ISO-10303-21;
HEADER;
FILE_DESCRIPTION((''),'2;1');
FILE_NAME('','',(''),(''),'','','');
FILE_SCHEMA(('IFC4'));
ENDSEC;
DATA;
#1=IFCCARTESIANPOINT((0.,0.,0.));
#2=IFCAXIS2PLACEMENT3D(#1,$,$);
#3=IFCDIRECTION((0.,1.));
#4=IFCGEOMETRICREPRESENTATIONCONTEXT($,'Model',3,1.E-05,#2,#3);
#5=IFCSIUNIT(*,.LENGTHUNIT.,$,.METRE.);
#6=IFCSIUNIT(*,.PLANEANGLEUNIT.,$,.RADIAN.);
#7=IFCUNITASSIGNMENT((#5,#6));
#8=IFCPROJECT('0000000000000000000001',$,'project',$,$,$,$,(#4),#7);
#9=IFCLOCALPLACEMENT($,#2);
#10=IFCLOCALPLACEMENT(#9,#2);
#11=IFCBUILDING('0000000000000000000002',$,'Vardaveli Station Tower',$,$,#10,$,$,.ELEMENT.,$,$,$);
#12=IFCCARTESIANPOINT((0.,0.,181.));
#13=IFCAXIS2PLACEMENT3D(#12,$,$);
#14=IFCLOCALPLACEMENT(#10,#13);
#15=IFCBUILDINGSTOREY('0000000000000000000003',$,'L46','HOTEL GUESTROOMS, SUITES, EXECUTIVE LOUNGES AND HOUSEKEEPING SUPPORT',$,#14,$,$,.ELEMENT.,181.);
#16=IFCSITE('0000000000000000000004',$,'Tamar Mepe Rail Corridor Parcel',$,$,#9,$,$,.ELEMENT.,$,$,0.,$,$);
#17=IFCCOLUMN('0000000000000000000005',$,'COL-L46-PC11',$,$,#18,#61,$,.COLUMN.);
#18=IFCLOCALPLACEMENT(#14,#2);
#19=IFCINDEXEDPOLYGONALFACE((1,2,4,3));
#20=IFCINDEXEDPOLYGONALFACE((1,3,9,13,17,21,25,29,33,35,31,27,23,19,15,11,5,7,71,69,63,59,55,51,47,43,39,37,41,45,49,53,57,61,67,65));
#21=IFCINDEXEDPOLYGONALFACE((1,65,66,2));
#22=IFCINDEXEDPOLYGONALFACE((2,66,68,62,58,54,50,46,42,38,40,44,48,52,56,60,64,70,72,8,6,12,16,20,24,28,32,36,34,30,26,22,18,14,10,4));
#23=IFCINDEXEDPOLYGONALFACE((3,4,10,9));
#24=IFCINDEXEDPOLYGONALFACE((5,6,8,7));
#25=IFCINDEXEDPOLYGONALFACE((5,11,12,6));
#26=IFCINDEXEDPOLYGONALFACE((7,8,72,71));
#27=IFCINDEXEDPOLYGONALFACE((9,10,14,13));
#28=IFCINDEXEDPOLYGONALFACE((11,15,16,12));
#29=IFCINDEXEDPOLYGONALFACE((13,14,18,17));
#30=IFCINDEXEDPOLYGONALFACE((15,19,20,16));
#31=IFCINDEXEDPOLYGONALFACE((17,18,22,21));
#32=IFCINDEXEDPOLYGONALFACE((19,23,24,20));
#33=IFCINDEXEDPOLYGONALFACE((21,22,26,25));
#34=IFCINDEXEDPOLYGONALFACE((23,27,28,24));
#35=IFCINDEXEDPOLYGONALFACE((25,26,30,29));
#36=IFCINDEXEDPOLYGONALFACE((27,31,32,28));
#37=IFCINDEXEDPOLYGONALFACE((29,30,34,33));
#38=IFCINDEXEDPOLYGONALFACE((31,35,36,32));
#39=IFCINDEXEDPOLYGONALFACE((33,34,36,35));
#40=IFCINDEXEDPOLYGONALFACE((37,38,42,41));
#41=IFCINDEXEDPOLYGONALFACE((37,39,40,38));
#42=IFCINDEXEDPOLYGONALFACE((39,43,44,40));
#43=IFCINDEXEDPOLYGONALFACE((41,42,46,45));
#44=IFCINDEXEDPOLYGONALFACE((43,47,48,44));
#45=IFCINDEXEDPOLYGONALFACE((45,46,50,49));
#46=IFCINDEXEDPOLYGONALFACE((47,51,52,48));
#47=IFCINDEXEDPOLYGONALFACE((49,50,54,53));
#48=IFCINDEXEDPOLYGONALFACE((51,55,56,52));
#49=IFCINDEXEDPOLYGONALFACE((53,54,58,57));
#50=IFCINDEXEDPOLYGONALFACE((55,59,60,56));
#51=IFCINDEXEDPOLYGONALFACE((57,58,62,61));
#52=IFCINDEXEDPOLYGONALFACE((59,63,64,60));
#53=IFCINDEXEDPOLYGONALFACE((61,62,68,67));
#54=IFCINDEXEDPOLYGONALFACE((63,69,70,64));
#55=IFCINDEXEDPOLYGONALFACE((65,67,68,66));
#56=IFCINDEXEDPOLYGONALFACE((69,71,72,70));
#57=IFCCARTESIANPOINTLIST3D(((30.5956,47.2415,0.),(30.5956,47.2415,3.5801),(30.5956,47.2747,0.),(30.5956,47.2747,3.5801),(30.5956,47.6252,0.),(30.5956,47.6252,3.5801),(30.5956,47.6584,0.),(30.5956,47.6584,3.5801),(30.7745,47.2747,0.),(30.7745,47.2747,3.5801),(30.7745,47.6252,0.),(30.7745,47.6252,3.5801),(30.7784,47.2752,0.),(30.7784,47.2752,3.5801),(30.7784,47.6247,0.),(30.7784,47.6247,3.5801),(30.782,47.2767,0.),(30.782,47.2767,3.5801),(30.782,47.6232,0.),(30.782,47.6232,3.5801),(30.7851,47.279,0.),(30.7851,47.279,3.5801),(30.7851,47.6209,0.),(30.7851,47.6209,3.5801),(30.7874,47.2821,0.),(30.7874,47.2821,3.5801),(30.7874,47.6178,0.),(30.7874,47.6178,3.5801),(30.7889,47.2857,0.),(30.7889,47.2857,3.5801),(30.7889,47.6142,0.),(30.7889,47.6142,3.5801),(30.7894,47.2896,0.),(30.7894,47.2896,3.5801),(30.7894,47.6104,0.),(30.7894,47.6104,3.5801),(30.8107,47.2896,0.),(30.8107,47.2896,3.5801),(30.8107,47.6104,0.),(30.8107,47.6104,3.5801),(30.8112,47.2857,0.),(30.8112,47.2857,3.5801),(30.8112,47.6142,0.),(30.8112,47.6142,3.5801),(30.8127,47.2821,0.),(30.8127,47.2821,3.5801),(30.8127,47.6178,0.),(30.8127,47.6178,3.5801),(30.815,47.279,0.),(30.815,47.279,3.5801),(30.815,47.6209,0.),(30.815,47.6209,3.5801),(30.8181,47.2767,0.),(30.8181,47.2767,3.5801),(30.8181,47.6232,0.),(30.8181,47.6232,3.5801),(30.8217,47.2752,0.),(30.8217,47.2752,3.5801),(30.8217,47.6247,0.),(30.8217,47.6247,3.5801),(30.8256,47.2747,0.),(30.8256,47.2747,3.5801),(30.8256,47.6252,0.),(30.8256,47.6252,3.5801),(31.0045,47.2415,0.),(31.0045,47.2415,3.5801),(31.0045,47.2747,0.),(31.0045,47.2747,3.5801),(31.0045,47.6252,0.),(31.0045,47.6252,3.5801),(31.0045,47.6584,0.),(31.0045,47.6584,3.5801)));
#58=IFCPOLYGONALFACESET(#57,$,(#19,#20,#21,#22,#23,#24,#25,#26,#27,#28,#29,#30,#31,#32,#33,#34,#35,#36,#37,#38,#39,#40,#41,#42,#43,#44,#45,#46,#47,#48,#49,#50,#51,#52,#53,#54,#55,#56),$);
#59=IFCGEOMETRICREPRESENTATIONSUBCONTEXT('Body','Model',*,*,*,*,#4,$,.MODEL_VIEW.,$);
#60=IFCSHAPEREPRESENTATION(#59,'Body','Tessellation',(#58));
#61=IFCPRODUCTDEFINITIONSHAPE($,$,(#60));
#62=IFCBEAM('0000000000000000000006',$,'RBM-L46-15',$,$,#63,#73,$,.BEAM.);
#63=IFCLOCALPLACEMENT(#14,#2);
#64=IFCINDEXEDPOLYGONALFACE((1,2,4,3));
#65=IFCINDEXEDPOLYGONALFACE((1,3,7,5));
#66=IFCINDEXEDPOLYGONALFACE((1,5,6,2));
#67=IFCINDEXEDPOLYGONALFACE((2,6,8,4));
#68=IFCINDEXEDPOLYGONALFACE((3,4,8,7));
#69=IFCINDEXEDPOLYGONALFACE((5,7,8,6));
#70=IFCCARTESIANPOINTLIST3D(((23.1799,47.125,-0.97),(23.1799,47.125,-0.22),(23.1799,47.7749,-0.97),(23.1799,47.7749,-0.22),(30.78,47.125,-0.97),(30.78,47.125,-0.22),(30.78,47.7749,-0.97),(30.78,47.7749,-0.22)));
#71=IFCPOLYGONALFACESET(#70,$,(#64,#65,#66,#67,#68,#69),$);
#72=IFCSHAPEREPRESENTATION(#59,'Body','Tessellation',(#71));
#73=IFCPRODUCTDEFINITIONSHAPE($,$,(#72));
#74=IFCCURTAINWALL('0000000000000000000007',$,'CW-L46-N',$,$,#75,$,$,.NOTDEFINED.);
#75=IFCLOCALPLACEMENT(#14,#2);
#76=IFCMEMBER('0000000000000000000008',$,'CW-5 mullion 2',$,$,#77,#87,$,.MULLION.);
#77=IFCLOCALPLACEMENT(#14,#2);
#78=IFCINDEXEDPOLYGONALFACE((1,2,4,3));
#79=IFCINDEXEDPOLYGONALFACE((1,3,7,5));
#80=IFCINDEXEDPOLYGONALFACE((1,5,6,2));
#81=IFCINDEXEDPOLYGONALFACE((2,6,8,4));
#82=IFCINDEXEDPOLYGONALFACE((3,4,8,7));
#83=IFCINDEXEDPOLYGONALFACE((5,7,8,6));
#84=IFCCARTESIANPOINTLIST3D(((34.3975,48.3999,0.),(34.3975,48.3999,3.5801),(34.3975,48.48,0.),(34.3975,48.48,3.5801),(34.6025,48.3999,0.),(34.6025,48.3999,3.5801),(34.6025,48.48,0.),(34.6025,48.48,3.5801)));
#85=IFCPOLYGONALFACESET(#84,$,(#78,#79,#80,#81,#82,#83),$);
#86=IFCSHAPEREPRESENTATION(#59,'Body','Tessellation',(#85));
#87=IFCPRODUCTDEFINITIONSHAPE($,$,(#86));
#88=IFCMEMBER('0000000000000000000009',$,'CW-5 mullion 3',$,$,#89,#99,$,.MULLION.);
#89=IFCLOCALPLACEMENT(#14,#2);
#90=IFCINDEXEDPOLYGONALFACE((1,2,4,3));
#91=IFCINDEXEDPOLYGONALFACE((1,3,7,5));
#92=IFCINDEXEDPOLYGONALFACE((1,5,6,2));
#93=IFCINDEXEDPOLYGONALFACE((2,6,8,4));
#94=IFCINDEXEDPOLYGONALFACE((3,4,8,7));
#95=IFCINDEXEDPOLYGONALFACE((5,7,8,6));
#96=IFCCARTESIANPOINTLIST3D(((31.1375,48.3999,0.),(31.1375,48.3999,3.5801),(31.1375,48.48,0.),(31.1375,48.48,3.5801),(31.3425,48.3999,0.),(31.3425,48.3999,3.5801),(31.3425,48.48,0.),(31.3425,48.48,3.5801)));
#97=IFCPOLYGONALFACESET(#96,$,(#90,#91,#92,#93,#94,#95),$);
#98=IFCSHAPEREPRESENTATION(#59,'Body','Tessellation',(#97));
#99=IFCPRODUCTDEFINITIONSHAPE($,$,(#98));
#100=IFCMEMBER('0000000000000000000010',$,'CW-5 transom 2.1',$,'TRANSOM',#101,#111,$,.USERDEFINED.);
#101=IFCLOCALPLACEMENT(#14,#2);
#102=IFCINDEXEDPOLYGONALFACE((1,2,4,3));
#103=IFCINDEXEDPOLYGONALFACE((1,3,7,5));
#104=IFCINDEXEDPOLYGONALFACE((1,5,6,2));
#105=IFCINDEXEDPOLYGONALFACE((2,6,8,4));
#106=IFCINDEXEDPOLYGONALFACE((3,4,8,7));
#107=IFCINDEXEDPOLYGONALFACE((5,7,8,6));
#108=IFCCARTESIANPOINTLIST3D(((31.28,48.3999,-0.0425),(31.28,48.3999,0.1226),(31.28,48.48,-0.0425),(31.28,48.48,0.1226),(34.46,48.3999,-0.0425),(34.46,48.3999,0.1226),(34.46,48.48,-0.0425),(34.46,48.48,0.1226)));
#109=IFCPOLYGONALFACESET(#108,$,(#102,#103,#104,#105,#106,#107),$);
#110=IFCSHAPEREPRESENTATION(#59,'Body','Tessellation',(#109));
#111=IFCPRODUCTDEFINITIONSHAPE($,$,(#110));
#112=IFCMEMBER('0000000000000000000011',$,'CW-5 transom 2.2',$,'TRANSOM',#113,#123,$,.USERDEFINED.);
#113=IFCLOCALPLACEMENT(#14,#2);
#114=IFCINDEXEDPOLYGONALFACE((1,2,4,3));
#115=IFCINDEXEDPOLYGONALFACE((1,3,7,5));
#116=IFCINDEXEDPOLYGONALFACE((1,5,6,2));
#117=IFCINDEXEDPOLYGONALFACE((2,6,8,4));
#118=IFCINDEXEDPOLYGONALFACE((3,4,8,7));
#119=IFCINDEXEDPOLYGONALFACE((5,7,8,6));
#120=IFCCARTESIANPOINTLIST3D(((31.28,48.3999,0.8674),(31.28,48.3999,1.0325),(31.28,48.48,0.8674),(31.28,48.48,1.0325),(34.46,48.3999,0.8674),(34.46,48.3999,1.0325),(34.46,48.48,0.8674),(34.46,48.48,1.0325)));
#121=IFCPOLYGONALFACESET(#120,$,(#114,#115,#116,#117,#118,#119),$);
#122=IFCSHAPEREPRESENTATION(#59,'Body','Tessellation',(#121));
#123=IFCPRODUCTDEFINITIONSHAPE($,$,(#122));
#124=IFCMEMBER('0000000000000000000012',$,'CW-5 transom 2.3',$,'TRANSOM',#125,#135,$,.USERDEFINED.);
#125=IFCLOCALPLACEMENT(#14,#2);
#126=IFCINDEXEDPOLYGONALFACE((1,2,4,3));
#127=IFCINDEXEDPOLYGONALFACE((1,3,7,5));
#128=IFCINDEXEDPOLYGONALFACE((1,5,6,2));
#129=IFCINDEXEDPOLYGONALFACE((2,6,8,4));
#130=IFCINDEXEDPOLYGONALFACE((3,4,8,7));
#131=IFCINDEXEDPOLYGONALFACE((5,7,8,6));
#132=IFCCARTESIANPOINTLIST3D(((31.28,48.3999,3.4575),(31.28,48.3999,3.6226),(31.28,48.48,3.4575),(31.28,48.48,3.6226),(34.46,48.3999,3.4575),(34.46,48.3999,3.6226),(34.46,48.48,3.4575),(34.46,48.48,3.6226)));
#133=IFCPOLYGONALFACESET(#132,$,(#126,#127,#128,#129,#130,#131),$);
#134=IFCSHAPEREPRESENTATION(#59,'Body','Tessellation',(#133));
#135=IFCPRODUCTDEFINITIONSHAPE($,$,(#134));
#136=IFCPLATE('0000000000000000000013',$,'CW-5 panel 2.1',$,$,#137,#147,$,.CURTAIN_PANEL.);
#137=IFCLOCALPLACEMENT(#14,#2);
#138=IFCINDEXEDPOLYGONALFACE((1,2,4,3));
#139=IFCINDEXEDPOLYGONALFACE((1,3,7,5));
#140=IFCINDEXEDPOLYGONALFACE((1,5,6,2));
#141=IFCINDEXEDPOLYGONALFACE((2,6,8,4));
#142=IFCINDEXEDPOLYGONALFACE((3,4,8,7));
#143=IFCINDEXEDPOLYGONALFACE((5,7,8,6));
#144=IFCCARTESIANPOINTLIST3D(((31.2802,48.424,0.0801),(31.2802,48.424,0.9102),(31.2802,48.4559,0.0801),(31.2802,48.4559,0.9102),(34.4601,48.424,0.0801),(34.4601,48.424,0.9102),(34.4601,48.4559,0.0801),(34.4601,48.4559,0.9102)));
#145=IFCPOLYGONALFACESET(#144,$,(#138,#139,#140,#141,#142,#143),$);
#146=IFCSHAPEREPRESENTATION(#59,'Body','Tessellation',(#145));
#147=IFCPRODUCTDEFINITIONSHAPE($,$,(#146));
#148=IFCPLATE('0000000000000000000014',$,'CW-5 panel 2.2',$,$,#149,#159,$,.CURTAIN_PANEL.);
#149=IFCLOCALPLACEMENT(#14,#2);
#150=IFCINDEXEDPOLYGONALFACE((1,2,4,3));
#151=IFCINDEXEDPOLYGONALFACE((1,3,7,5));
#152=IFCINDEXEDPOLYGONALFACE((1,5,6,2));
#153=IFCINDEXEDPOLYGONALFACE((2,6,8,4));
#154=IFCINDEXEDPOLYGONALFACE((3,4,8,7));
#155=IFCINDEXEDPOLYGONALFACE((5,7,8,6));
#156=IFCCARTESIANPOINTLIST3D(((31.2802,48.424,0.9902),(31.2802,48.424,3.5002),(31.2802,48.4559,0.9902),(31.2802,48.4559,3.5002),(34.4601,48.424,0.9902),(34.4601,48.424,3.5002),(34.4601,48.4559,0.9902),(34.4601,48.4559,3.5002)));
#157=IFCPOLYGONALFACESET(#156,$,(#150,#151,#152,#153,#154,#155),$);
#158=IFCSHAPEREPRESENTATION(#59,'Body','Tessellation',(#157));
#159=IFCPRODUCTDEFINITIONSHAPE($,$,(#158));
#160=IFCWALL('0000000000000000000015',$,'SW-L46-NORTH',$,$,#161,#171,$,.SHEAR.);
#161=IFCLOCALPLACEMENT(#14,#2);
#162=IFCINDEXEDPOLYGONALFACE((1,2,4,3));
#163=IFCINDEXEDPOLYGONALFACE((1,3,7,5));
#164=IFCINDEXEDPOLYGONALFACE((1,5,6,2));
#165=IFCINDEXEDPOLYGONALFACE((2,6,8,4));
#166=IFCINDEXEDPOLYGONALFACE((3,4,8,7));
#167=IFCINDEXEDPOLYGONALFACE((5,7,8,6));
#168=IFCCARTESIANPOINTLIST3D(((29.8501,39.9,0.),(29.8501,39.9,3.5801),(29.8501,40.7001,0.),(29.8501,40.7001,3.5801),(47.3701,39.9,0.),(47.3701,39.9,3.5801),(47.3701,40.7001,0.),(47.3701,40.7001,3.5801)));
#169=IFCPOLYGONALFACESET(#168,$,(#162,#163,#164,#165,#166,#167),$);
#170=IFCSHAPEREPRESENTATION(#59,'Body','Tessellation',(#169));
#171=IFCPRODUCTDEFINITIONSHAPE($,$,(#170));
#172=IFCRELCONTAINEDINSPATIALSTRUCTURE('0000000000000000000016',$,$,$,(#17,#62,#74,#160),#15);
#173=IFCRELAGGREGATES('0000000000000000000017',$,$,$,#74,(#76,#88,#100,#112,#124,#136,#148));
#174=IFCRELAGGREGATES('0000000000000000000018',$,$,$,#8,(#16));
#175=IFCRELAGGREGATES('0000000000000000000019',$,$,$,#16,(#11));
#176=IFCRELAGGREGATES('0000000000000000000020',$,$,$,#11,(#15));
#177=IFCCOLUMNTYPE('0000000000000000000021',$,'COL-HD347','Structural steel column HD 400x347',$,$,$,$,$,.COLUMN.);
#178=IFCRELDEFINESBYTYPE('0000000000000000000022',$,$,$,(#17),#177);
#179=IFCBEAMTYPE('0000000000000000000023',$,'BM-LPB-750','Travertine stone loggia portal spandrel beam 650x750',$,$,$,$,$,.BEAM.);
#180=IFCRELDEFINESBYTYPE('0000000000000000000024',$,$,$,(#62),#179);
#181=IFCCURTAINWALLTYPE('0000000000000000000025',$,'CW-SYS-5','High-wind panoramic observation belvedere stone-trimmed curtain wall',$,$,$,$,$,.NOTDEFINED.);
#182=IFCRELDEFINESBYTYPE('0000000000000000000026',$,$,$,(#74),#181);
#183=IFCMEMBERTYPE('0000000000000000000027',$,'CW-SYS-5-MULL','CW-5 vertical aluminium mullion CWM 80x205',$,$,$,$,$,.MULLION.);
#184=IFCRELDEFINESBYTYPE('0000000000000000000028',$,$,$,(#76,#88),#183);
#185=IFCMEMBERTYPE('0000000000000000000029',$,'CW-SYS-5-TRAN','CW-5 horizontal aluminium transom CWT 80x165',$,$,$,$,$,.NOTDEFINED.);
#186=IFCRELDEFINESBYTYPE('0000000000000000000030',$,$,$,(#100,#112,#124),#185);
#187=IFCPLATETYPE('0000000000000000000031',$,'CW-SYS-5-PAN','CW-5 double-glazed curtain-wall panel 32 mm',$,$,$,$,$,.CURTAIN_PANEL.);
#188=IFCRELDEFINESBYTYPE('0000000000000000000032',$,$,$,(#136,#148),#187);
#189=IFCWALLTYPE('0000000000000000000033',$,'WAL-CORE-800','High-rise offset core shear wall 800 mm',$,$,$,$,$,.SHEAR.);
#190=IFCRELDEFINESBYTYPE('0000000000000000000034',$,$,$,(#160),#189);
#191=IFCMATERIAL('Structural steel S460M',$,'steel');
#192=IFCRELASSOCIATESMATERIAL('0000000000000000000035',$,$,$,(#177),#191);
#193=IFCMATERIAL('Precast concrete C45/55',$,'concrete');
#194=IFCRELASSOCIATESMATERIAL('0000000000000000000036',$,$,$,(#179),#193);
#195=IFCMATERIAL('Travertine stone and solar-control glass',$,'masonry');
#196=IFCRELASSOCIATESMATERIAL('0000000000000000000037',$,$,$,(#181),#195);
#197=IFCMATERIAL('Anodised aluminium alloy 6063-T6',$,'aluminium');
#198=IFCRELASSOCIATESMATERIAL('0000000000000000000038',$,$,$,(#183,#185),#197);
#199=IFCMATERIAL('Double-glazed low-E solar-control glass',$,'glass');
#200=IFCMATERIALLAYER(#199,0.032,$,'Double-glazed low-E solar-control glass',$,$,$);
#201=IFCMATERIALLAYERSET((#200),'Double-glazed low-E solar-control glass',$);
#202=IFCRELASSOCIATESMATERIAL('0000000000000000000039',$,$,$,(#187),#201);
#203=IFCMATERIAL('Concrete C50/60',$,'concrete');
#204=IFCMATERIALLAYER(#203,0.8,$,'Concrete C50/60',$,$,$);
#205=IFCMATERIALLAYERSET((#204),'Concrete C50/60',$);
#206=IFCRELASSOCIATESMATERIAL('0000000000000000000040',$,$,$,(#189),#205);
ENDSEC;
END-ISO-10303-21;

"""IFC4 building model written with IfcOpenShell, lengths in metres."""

from ifc_helpers import new_model, si_unit, direction, frame, frame_2d, origin, origin_2d, place, context, subcontext, project, spatial, rectangle, i_section, extrude, source, transform, mapped, material, layer, layer_set, material_profile, profile_set, type_object, element, aggregate, save


model = new_model("IFC4")

# Units and contexts
model_context = context("Model", 3, precision=1e-05, world=origin(), true_north=direction((0.0, 1.0)))
body_context = subcontext(model_context, "Body", "Model", "MODEL_VIEW")
ifc_project = project(units=[si_unit("LENGTHUNIT", "METRE"), si_unit("PLANEANGLEUNIT", "RADIAN")], contexts=[model_context])

# Site, building, storey
site_placement = place(None, origin())
site = spatial("IfcSite", under=ifc_project, at=site_placement, Name="Tamar Mepe Rail Corridor Parcel", CompositionType="ELEMENT", RefElevation=0.0)
building_placement = place(site_placement, origin())
building = spatial("IfcBuilding", under=site, at=building_placement, Name="Vardaveli Station Tower", CompositionType="ELEMENT")
storey_placement = place(building_placement, frame((0.0, 0.0, 181.0)))
storey = spatial("IfcBuildingStorey", under=building, at=storey_placement, Name="L46", Description="HOTEL GUESTROOMS, SUITES, EXECUTIVE LOUNGES AND HOUSEKEEPING SUPPORT", CompositionType="ELEMENT", Elevation=181.0)

# Column
ifc_material_1 = material(Name="Structural steel S460M", Category="steel")
ifc_material_profile_1 = material_profile(ifc_material_1, i_section(OverallWidth=0.4089, OverallDepth=0.417, WebThickness=0.0212, FlangeThickness=0.0332, FilletRadius=0.0149, at=origin_2d()), Name="HD 400x347")
ifc_profile_set_1 = profile_set([ifc_material_profile_1], Name="Structural steel S460M")
column_type = type_object("IfcColumnType", Name="COL-HD347", Description="Structural steel column HD 400x347", PredefinedType="COLUMN", material=ifc_profile_set_1)
shared_shape_1 = source(origin(), body_context, "Body", "SweptSolid", [
    extrude(i_section(OverallWidth=0.4089, OverallDepth=0.417, WebThickness=0.0212, FlangeThickness=0.0332, FilletRadius=0.0149, at=origin_2d()), origin(), (0.0, 0.0, 1.0), 3.5801),
])
column_placement = place(storey_placement, frame((30.8, 47.45, 0.0), z_axis=(0.0, 0.0, 1.0), x_axis=(1.0, 0.0, 0.0)))
element("IfcColumn", 1, at=column_placement, inside=storey, type_object=column_type, Name="COL-L46-PC11", PredefinedType="COLUMN", context=body_context, shape_type="MappedRepresentation", body=[
    mapped(shared_shape_1, transform((0.0, 0.0, 0.0), scale=1.0)),
])

# Beam
ifc_material_2 = material(Name="Precast concrete C45/55", Category="concrete")
ifc_material_profile_2 = material_profile(ifc_material_2, rectangle(XDim=0.6499, YDim=0.75, at=origin_2d()), Name="LPB 650x750")
ifc_profile_set_2 = profile_set([ifc_material_profile_2], Name="Precast concrete C45/55")
beam_type = type_object("IfcBeamType", Name="BM-LPB-750", Description="Travertine stone loggia portal spandrel beam 650x750", PredefinedType="BEAM", material=ifc_profile_set_2)
shared_shape_2 = source(origin(), body_context, "Body", "SweptSolid", [
    extrude(rectangle(XDim=0.6499, YDim=0.75, at=origin_2d()), origin(), (0.0, 0.0, 1.0), 7.6001),
])
beam_placement = place(storey_placement, frame((30.78, 47.45, -0.595), z_axis=(-1.0, 0.0, 0.0), x_axis=(0.0, -1.0, 0.0)))
element("IfcBeam", 2, at=beam_placement, inside=storey, type_object=beam_type, Name="RBM-L46-15", PredefinedType="BEAM", context=body_context, shape_type="MappedRepresentation", body=[
    mapped(shared_shape_2, transform((0.0, 0.0, 0.0), scale=1.0)),
])

# Curtain wall, members, plates
ifc_material_3 = material(Name="Travertine stone and solar-control glass", Category="masonry")
curtain_wall_type = type_object("IfcCurtainWallType", Name="CW-SYS-5", Description="High-wind panoramic observation belvedere stone-trimmed curtain wall", PredefinedType="NOTDEFINED", material=ifc_material_3)
curtain_wall_placement = place(storey_placement, origin())
curtain_wall = element("IfcCurtainWall", 3, at=curtain_wall_placement, inside=storey, type_object=curtain_wall_type, Name="CW-L46-N", PredefinedType="NOTDEFINED")
ifc_material_4 = material(Name="Anodised aluminium alloy 6063-T6", Category="aluminium")
ifc_material_profile_3 = material_profile(ifc_material_4, rectangle(XDim=0.0801, YDim=0.2051, at=origin_2d()), Name="CWM 80x205")
ifc_profile_set_3 = profile_set([ifc_material_profile_3], Name="Anodised aluminium alloy 6063-T6")
member_type_1 = type_object("IfcMemberType", Name="CW-SYS-5-MULL", Description="CW-5 vertical aluminium mullion CWM 80x205", PredefinedType="MULLION", material=ifc_profile_set_3)
shared_shape_3 = source(origin(), body_context, "Body", "SweptSolid", [
    extrude(rectangle(XDim=0.0801, YDim=0.2051, at=origin_2d()), origin(), (0.0, 0.0, 1.0), 3.5801),
])
member_1_placement = place(storey_placement, frame((34.5, 48.4399, 0.0), z_axis=(0.0, 0.0, 1.0), x_axis=(0.0, -1.0, 0.0)))
member_1 = element("IfcMember", 4, at=member_1_placement, type_object=member_type_1, Name="CW-5 mullion 2", PredefinedType="MULLION", context=body_context, shape_type="MappedRepresentation", body=[
    mapped(shared_shape_3, transform((0.0, 0.0, 0.0), scale=1.0)),
])
member_2_placement = place(storey_placement, frame((31.24, 48.4399, 0.0), z_axis=(0.0, 0.0, 1.0), x_axis=(0.0, -1.0, 0.0)))
member_2 = element("IfcMember", 5, at=member_2_placement, type_object=member_type_1, Name="CW-5 mullion 3", PredefinedType="MULLION", context=body_context, shape_type="MappedRepresentation", body=[
    mapped(shared_shape_3, transform((0.0, 0.0, 0.0), scale=1.0)),
])
ifc_material_profile_4 = material_profile(ifc_material_4, rectangle(XDim=0.0801, YDim=0.165, at=origin_2d()), Name="CWT 80x165")
ifc_profile_set_4 = profile_set([ifc_material_profile_4], Name="Anodised aluminium alloy 6063-T6")
member_type_2 = type_object("IfcMemberType", Name="CW-SYS-5-TRAN", Description="CW-5 horizontal aluminium transom CWT 80x165", PredefinedType="NOTDEFINED", material=ifc_profile_set_4)
shared_shape_4 = source(origin(), body_context, "Body", "SweptSolid", [
    extrude(rectangle(XDim=0.0801, YDim=0.165, at=origin_2d()), origin(), (0.0, 0.0, 1.0), 3.1799),
])
member_3_placement = place(storey_placement, frame((34.46, 48.4399, 0.04), z_axis=(-1.0, 0.0, 0.0), x_axis=(0.0, -1.0, 0.0)))
member_3 = element("IfcMember", 6, at=member_3_placement, type_object=member_type_2, Name="CW-5 transom 2.1", ObjectType="TRANSOM", PredefinedType="USERDEFINED", context=body_context, shape_type="MappedRepresentation", body=[
    mapped(shared_shape_4, transform((0.0, 0.0, 0.0), scale=1.0)),
])
member_4_placement = place(storey_placement, frame((34.46, 48.4399, 0.95), z_axis=(-1.0, 0.0, 0.0), x_axis=(0.0, -1.0, 0.0)))
member_4 = element("IfcMember", 7, at=member_4_placement, type_object=member_type_2, Name="CW-5 transom 2.2", ObjectType="TRANSOM", PredefinedType="USERDEFINED", context=body_context, shape_type="MappedRepresentation", body=[
    mapped(shared_shape_4, transform((0.0, 0.0, 0.0), scale=1.0)),
])
member_5_placement = place(storey_placement, frame((34.46, 48.4399, 3.54), z_axis=(-1.0, 0.0, 0.0), x_axis=(0.0, -1.0, 0.0)))
member_5 = element("IfcMember", 8, at=member_5_placement, type_object=member_type_2, Name="CW-5 transom 2.3", ObjectType="TRANSOM", PredefinedType="USERDEFINED", context=body_context, shape_type="MappedRepresentation", body=[
    mapped(shared_shape_4, transform((0.0, 0.0, 0.0), scale=1.0)),
])
ifc_material_5 = material(Name="Double-glazed low-E solar-control glass", Category="glass")
ifc_layer_1 = layer(ifc_material_5, 0.032, Name="Double-glazed low-E solar-control glass")
ifc_layer_set_1 = layer_set([ifc_layer_1], Name="Double-glazed low-E solar-control glass")
plate_type = type_object("IfcPlateType", Name="CW-SYS-5-PAN", Description="CW-5 double-glazed curtain-wall panel 32 mm", PredefinedType="CURTAIN_PANEL", material=ifc_layer_set_1)
shared_shape_5 = source(origin(), body_context, "Body", "SweptSolid", [
    extrude(rectangle(XDim=3.1799, YDim=0.032, at=origin_2d()), origin(), (0.0, 0.0, 1.0), 0.8301),
])
plate_1_placement = place(storey_placement, frame((32.8701, 48.4399, 0.0801), z_axis=(0.0, 0.0, 1.0), x_axis=(-1.0, 0.0, 0.0)))
plate_1 = element("IfcPlate", 9, at=plate_1_placement, type_object=plate_type, Name="CW-5 panel 2.1", PredefinedType="CURTAIN_PANEL", context=body_context, shape_type="MappedRepresentation", body=[
    mapped(shared_shape_5, transform((0.0, 0.0, 0.0), scale=1.0)),
])
shared_shape_6 = source(origin(), body_context, "Body", "SweptSolid", [
    extrude(rectangle(XDim=3.1799, YDim=0.032, at=origin_2d()), origin(), (0.0, 0.0, 1.0), 2.51),
])
plate_2_placement = place(storey_placement, frame((32.8701, 48.4399, 0.9902), z_axis=(0.0, 0.0, 1.0), x_axis=(-1.0, 0.0, 0.0)))
plate_2 = element("IfcPlate", 10, at=plate_2_placement, type_object=plate_type, Name="CW-5 panel 2.2", PredefinedType="CURTAIN_PANEL", context=body_context, shape_type="MappedRepresentation", body=[
    mapped(shared_shape_6, transform((0.0, 0.0, 0.0), scale=1.0)),
])
aggregate(curtain_wall, [member_1, member_2, member_3, member_4, member_5, plate_1, plate_2])

# Wall
ifc_material_6 = material(Name="Concrete C50/60", Category="concrete")
ifc_layer_2 = layer(ifc_material_6, 0.8, Name="Concrete C50/60")
ifc_layer_set_2 = layer_set([ifc_layer_2], Name="Concrete C50/60")
wall_type_1 = type_object("IfcWallType", Name="WAL-CORE-800", Description="High-rise offset core shear wall 800 mm", PredefinedType="SHEAR", material=ifc_layer_set_2)
shared_shape_7 = source(origin(), body_context, "Body", "SweptSolid", [
    extrude(rectangle(XDim=17.52, YDim=0.8, at=frame_2d((8.76, 0.0))), origin(), (0.0, 0.0, 1.0), 3.5801),
])
wall_1_placement = place(storey_placement, frame((29.8501, 40.3, 0.0), z_axis=(0.0, 0.0, 1.0), x_axis=(1.0, 0.0, 0.0)))
element("IfcWall", 11, at=wall_1_placement, inside=storey, type_object=wall_type_1, Name="SW-L46-NORTH", PredefinedType="SHEAR", context=body_context, shape_type="MappedRepresentation", body=[
    mapped(shared_shape_7, transform((0.0, 0.0, 0.0), scale=1.0)),
])

save(model, "model.ifc")
